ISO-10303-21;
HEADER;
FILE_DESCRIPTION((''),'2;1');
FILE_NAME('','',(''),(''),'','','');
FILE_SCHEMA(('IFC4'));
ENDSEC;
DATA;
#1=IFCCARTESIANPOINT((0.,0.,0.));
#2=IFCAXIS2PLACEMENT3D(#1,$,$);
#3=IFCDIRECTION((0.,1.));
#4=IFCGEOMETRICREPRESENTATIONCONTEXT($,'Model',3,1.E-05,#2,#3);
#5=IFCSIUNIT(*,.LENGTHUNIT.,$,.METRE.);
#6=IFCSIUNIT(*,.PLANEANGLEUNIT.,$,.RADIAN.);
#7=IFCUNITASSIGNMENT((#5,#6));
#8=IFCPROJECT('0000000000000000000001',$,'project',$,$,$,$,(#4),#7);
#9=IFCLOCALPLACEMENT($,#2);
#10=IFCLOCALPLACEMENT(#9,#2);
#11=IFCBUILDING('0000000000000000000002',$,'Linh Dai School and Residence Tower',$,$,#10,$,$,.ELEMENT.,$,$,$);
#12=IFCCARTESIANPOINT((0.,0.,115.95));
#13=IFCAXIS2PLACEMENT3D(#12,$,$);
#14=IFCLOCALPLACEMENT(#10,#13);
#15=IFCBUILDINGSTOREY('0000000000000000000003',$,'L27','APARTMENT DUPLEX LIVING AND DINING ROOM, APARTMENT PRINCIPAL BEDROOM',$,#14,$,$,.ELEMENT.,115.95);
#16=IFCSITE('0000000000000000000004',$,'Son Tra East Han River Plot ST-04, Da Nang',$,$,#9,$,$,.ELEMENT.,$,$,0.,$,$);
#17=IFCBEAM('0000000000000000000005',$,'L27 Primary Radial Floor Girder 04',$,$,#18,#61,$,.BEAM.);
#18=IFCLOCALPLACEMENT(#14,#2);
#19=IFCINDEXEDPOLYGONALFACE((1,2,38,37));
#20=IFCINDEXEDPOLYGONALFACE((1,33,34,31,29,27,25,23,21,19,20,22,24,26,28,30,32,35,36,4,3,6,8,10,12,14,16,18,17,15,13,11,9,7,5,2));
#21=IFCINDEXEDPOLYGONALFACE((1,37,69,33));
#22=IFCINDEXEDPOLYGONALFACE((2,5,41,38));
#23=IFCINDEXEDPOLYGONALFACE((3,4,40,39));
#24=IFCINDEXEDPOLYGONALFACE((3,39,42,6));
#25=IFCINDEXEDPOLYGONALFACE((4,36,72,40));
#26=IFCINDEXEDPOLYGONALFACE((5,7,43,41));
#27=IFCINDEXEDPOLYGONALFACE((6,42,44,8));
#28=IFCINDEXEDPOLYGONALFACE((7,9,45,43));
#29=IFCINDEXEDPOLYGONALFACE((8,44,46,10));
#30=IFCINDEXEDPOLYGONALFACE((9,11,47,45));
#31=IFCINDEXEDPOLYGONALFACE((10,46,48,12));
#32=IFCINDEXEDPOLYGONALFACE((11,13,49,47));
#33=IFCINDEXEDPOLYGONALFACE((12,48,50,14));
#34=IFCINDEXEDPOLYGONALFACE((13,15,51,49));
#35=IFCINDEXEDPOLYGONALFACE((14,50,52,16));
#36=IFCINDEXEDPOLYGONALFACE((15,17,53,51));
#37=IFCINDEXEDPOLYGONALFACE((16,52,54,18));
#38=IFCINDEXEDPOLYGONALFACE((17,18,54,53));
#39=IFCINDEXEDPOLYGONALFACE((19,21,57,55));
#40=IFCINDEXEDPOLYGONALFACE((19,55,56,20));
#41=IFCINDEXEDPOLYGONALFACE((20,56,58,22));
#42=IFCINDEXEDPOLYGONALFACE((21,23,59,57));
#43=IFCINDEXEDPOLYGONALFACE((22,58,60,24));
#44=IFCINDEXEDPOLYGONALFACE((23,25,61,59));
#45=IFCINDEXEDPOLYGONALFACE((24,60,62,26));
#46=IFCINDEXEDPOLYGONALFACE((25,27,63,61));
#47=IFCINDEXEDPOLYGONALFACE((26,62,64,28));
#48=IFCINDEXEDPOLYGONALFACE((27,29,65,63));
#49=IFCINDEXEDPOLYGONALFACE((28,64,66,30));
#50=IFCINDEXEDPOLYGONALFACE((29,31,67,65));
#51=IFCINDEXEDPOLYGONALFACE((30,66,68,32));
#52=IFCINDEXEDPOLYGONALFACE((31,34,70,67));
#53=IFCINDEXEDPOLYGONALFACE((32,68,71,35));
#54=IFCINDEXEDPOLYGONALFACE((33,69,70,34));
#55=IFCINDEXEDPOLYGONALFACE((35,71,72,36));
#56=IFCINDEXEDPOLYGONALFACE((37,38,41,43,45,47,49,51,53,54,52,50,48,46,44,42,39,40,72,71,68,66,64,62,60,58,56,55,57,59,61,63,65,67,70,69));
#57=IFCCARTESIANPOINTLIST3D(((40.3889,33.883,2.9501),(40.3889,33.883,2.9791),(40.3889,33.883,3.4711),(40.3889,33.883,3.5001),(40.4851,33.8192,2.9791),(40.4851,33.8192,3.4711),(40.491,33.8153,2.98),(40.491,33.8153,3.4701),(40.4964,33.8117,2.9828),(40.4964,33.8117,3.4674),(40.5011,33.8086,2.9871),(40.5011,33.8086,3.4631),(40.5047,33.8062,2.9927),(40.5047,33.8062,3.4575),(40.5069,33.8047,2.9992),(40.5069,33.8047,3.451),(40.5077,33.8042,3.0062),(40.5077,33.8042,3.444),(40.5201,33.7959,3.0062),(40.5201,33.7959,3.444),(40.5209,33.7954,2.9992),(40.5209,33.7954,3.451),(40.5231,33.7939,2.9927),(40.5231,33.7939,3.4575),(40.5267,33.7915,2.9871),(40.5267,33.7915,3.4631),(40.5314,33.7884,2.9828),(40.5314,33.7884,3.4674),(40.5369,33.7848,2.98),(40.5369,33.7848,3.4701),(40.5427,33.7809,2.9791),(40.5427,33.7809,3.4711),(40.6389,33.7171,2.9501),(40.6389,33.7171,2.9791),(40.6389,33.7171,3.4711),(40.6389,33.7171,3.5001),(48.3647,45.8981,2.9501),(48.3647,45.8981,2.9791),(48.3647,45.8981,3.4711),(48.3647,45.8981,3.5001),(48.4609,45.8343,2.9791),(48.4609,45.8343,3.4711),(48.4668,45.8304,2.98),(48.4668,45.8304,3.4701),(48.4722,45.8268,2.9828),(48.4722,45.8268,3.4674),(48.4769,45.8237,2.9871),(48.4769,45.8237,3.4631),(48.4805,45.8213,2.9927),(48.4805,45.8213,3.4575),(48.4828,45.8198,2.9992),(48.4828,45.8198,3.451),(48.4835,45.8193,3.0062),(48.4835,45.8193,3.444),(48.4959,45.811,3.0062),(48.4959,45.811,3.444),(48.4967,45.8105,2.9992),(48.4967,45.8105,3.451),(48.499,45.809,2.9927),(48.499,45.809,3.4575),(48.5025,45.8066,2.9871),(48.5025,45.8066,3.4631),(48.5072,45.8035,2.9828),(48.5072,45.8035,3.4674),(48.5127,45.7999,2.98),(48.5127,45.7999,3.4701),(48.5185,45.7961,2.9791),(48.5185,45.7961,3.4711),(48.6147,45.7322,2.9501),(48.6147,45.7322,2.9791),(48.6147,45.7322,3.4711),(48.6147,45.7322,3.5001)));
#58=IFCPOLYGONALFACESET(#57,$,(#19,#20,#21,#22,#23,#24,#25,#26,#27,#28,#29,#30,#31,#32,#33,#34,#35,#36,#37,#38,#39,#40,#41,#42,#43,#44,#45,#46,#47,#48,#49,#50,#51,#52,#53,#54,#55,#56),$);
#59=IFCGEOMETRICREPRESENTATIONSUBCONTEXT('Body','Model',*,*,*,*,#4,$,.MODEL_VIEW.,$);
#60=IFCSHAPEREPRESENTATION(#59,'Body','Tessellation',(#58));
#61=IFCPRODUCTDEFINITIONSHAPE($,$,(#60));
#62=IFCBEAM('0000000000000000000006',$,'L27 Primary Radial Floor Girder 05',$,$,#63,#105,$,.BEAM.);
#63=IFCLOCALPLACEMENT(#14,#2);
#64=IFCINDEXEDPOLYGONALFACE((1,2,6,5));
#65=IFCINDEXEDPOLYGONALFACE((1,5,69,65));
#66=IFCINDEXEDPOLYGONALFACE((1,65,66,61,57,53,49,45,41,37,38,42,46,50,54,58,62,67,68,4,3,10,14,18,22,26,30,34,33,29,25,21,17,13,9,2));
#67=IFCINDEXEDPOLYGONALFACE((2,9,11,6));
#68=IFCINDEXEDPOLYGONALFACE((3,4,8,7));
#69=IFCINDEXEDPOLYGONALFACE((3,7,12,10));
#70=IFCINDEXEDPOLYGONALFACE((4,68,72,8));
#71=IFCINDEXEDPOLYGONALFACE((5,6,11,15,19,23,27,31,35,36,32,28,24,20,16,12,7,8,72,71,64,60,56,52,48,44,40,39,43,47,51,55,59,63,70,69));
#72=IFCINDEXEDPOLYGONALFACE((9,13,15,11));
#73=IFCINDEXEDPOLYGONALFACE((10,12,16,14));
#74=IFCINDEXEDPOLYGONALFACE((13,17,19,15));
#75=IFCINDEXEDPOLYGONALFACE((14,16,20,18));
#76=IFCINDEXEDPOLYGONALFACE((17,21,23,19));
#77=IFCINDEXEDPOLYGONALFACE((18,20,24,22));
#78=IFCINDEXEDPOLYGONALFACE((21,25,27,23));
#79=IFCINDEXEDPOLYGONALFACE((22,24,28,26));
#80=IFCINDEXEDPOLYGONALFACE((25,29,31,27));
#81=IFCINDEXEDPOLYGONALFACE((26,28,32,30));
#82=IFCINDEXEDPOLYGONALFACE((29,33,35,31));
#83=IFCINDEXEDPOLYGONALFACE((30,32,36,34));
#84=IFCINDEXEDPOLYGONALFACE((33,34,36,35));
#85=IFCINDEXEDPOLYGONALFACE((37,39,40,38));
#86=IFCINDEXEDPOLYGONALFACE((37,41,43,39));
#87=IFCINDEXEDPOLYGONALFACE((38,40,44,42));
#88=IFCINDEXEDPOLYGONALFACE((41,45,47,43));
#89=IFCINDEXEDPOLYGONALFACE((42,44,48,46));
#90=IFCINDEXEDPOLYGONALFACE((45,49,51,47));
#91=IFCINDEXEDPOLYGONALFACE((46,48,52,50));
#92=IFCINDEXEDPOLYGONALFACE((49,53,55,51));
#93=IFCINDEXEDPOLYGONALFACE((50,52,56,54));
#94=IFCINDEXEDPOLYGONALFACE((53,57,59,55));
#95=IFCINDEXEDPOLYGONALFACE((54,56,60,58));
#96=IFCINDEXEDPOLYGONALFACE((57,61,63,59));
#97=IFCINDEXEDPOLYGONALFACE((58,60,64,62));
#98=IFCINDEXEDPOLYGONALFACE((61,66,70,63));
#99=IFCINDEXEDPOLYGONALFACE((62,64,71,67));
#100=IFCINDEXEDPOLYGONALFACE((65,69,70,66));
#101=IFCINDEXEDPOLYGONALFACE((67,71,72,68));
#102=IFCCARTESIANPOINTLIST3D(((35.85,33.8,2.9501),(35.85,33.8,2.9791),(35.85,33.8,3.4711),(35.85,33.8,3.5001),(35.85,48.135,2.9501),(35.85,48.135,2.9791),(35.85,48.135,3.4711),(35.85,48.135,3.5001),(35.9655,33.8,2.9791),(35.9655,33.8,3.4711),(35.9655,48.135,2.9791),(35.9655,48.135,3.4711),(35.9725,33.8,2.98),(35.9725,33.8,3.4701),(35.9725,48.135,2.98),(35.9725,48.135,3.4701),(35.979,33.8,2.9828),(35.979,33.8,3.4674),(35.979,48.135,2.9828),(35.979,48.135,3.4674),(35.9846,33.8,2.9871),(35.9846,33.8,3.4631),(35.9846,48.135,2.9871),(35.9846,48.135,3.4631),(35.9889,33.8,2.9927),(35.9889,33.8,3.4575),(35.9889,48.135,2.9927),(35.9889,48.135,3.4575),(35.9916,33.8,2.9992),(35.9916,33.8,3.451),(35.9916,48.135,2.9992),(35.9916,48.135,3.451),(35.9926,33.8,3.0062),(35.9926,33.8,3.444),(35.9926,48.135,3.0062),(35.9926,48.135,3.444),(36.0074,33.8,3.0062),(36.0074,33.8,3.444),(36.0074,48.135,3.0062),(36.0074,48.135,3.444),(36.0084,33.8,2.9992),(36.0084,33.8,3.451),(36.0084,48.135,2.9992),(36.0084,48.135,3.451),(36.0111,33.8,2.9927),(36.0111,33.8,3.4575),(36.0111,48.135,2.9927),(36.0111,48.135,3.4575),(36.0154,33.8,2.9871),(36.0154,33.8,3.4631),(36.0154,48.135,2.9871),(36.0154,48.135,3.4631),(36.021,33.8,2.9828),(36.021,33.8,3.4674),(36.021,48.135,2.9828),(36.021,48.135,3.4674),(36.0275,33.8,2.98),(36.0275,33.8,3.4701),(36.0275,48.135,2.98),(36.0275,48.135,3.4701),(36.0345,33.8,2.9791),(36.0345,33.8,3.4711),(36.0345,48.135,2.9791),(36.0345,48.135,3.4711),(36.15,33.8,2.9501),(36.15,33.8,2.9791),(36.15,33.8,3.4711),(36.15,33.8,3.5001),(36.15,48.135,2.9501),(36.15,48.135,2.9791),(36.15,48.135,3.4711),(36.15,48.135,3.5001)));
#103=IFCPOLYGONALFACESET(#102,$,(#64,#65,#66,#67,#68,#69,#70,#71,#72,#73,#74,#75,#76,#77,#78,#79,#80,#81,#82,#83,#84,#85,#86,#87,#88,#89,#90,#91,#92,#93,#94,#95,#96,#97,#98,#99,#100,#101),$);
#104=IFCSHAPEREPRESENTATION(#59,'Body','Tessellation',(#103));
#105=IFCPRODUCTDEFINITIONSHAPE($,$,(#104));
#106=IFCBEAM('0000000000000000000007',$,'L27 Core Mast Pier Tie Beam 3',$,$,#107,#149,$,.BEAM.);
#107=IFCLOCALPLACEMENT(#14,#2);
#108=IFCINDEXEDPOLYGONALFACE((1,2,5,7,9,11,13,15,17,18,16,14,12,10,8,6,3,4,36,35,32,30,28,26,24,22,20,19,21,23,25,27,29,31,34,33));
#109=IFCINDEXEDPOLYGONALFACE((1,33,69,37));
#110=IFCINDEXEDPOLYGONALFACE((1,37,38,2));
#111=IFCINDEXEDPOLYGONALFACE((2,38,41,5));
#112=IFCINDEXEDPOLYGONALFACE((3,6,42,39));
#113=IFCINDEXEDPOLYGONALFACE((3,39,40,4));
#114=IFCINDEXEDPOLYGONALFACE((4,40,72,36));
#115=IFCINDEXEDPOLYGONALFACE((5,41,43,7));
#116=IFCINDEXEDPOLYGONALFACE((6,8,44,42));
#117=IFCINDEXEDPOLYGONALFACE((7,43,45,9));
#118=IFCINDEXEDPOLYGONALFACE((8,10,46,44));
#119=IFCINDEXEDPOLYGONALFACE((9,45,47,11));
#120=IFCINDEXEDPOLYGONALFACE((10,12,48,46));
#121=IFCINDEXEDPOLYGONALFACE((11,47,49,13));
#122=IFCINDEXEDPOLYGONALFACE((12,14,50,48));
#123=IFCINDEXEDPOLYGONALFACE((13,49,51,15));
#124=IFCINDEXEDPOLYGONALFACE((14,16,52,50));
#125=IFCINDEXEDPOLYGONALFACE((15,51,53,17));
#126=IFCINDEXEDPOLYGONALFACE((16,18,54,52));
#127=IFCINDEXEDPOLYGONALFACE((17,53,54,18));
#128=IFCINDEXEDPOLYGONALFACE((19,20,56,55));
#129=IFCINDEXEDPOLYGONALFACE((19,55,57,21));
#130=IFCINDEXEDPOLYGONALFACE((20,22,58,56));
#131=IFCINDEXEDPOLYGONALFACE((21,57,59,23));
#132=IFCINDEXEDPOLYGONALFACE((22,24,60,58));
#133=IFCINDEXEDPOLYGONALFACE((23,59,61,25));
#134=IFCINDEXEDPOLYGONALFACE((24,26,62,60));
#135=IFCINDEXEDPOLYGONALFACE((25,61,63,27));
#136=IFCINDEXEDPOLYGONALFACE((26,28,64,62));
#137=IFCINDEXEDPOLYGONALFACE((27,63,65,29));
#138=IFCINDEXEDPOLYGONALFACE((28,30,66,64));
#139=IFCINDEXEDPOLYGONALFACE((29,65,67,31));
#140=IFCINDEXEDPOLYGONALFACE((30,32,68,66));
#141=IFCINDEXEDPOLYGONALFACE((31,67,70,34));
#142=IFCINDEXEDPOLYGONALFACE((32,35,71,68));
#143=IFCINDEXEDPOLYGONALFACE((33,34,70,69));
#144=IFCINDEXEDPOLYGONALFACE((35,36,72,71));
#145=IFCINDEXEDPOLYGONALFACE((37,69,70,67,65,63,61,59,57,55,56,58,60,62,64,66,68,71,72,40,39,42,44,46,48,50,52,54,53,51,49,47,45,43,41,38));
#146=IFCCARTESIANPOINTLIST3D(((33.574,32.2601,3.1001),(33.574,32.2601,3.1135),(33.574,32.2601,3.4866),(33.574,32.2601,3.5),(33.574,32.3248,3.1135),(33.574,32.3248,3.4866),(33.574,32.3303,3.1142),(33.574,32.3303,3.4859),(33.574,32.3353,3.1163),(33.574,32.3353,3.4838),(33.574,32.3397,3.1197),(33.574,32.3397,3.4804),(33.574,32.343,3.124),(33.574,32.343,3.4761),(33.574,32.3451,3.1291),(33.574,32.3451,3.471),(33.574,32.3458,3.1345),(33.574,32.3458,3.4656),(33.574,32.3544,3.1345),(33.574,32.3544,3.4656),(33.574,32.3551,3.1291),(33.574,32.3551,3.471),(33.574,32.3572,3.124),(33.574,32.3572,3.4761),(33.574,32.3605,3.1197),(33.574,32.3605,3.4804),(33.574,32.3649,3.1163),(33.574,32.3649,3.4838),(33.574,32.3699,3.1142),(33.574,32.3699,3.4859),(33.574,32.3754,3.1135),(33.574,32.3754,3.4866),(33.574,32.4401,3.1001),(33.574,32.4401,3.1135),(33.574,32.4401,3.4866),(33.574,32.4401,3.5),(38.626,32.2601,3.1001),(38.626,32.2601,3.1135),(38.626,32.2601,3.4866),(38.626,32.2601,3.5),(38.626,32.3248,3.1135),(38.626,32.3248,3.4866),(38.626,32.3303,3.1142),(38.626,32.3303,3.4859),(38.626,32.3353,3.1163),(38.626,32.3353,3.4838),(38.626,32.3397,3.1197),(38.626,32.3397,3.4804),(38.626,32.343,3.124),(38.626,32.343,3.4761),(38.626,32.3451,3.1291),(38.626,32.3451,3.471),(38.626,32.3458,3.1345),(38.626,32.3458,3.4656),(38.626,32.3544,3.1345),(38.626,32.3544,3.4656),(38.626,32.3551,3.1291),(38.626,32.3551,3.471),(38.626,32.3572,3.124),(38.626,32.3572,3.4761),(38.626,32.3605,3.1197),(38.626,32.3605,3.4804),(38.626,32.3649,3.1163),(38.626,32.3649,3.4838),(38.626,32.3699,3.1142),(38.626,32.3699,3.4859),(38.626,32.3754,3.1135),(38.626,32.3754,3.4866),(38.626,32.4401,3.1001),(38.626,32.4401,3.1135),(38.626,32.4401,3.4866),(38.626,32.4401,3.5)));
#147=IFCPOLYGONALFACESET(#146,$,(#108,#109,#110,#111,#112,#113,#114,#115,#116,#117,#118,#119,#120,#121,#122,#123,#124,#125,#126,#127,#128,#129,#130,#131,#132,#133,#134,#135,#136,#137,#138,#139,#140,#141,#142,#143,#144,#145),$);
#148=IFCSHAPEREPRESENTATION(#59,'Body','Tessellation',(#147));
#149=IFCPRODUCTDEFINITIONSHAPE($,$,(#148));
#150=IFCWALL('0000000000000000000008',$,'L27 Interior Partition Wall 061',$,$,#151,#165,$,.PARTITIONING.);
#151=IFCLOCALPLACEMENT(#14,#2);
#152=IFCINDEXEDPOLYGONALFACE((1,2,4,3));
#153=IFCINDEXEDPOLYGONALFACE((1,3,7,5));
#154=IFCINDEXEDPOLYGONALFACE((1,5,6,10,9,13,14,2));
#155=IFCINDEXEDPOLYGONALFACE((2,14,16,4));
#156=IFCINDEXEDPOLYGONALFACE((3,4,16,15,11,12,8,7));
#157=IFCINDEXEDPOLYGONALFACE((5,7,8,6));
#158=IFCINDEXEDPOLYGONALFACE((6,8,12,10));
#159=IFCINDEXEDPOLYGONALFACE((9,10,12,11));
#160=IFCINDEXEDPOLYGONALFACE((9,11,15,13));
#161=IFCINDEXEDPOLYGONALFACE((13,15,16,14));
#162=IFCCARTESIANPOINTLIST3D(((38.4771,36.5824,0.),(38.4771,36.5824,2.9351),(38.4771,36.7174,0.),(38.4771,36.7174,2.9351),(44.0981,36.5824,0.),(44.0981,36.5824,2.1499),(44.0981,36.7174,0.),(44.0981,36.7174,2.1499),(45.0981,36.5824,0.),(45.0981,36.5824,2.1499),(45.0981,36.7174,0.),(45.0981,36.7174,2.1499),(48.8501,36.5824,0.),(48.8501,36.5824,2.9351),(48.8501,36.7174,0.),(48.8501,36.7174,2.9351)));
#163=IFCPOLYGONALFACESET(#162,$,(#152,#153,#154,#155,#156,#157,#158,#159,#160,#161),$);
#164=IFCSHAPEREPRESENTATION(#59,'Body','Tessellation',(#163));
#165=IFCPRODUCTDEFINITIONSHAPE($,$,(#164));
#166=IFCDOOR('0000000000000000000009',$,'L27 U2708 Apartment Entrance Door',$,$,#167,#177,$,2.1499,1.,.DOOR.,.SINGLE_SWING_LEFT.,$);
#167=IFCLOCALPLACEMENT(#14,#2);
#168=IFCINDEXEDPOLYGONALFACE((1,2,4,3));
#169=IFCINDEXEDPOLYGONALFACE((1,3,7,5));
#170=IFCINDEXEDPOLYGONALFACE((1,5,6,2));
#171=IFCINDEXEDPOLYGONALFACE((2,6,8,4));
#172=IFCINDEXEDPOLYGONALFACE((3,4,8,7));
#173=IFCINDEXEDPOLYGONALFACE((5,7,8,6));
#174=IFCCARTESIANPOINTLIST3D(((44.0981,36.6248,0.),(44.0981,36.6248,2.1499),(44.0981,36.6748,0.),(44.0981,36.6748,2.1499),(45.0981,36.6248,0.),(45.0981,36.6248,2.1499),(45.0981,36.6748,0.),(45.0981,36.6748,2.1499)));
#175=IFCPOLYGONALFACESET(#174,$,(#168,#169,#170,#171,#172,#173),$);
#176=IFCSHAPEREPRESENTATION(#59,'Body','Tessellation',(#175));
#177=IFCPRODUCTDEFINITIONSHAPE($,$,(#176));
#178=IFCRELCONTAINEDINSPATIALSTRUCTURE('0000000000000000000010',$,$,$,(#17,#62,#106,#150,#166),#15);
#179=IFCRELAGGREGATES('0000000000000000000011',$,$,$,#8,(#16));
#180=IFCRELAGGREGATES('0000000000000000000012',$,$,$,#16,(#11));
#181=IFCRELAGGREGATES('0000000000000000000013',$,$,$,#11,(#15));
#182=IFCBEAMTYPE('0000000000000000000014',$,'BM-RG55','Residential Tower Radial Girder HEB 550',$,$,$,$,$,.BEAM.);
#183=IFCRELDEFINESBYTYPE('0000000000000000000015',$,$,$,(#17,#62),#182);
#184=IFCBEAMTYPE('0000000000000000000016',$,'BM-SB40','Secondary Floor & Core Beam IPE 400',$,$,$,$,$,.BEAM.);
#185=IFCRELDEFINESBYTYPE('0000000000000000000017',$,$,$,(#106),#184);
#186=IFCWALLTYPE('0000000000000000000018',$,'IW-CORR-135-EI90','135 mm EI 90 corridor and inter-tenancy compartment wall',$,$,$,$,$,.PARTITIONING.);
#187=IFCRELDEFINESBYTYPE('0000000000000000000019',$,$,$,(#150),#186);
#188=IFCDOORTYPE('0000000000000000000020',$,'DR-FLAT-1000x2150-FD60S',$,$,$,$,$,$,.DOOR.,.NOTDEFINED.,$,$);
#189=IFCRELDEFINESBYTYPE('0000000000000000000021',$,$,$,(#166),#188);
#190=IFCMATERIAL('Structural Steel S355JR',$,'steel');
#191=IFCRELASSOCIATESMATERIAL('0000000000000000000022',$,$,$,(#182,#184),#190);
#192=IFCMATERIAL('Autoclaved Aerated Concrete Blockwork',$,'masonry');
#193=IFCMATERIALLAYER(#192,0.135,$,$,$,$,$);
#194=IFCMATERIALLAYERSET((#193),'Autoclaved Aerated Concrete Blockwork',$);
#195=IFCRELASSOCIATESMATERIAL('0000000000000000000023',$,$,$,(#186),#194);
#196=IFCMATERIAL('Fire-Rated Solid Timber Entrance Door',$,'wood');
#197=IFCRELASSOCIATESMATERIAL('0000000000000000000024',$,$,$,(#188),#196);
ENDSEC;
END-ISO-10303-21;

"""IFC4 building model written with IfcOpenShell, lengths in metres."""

from ifc_helpers import new_model, si_unit, direction, frame, frame_2d, origin, origin_2d, place, context, subcontext, project, spatial, rectangle, i_section, extrude, source, transform, mapped, material, layer, layer_set, material_profile, profile_set, type_object, element, fill, save


model = new_model("IFC4")

# Units and contexts
model_context = context("Model", 3, precision=1e-05, world=origin(), true_north=direction((0.0, 1.0)))
body_context = subcontext(model_context, "Body", "Model", "MODEL_VIEW")
ifc_project = project(units=[si_unit("LENGTHUNIT", "METRE"), si_unit("PLANEANGLEUNIT", "RADIAN")], contexts=[model_context])

# Site, building, storey
site_placement = place(None, origin())
site = spatial("IfcSite", under=ifc_project, at=site_placement, Name="Son Tra East Han River Plot ST-04, Da Nang", CompositionType="ELEMENT", RefElevation=0.0)
building_placement = place(site_placement, origin())
building = spatial("IfcBuilding", under=site, at=building_placement, Name="Linh Dai School and Residence Tower", CompositionType="ELEMENT")
storey_placement = place(building_placement, frame((0.0, 0.0, 115.95)))
storey = spatial("IfcBuildingStorey", under=building, at=storey_placement, Name="L27", Description="APARTMENT DUPLEX LIVING AND DINING ROOM, APARTMENT PRINCIPAL BEDROOM", CompositionType="ELEMENT", Elevation=115.95)

# Shared definitions
ifc_material_1 = material(Name="Structural Steel S355JR", Category="steel")

# Beams
ifc_material_profile_1 = material_profile(ifc_material_1, i_section(OverallWidth=0.3, OverallDepth=0.55, WebThickness=0.0149, FlangeThickness=0.0291, FilletRadius=0.0271, at=origin_2d()), Name="HEB 550")
ifc_profile_set_1 = profile_set([ifc_material_profile_1], Name="Structural Steel S355JR")
beam_type_1 = type_object("IfcBeamType", Name="BM-RG55", Description="Residential Tower Radial Girder HEB 550", PredefinedType="BEAM", material=ifc_profile_set_1)
beam_1_placement = place(storey_placement, frame((40.5139, 33.8, 3.2251), z_axis=(0.553054, 0.833145, 0.0), x_axis=(-0.833145, 0.553054, 0.0)))
element("IfcBeam", 1, at=beam_1_placement, inside=storey, type_object=beam_type_1, Name="L27 Primary Radial Floor Girder 04", PredefinedType="BEAM", context=body_context, shape_type="SweptSolid", body=[
    extrude(i_section(OverallWidth=0.3, OverallDepth=0.55, WebThickness=0.0149, FlangeThickness=0.0291, FilletRadius=0.0271, at=origin_2d()), origin(), (0.0, 0.0, 1.0), 14.4214),
])
beam_2_placement = place(storey_placement, frame((36.0, 33.8, 3.2251), z_axis=(0.0, 1.0, 0.0), x_axis=(-1.0, 0.0, 0.0)))
element("IfcBeam", 2, at=beam_2_placement, inside=storey, type_object=beam_type_1, Name="L27 Primary Radial Floor Girder 05", PredefinedType="BEAM", context=body_context, shape_type="SweptSolid", body=[
    extrude(i_section(OverallWidth=0.3, OverallDepth=0.55, WebThickness=0.0149, FlangeThickness=0.0291, FilletRadius=0.0271, at=origin_2d()), origin(), (0.0, 0.0, 1.0), 14.335),
])
ifc_material_profile_2 = material_profile(ifc_material_1, i_section(OverallWidth=0.1799, OverallDepth=0.3999, WebThickness=0.0085, FlangeThickness=0.0134, FilletRadius=0.021, at=origin_2d()), Name="IPE 400")
ifc_profile_set_2 = profile_set([ifc_material_profile_2], Name="Structural Steel S355JR")
beam_type_2 = type_object("IfcBeamType", Name="BM-SB40", Description="Secondary Floor & Core Beam IPE 400", PredefinedType="BEAM", material=ifc_profile_set_2)
beam_3_placement = place(storey_placement, frame((38.626, 32.3501, 3.3), z_axis=(-1.0, 0.0, 0.0), x_axis=(0.0, -1.0, 0.0)))
element("IfcBeam", 3, at=beam_3_placement, inside=storey, type_object=beam_type_2, Name="L27 Core Mast Pier Tie Beam 3", PredefinedType="BEAM", context=body_context, shape_type="SweptSolid", body=[
    extrude(i_section(OverallWidth=0.1799, OverallDepth=0.3999, WebThickness=0.0085, FlangeThickness=0.0134, FilletRadius=0.021, at=origin_2d()), origin(), (0.0, 0.0, 1.0), 5.052),
])

# Wall, opening, door
ifc_material_2 = material(Name="Autoclaved Aerated Concrete Blockwork", Category="masonry")
ifc_layer_1 = layer(ifc_material_2, 0.135)
ifc_layer_set_1 = layer_set([ifc_layer_1], Name="Autoclaved Aerated Concrete Blockwork")
wall_type_1 = type_object("IfcWallType", Name="IW-CORR-135-EI90", Description="135 mm EI 90 corridor and inter-tenancy compartment wall", PredefinedType="PARTITIONING", material=ifc_layer_set_1)
wall_1_placement = place(storey_placement, frame((38.4771, 36.6499, 0.0), z_axis=(0.0, 0.0, 1.0), x_axis=(1.0, 0.0, 0.0)))
wall_1 = element("IfcWall", 4, at=wall_1_placement, inside=storey, type_object=wall_type_1, Name="L27 Interior Partition Wall 061", PredefinedType="PARTITIONING", context=body_context, shape_type="SweptSolid", body=[
    extrude(rectangle(XDim=10.373, YDim=0.135, at=frame_2d((5.1865, 0.0))), origin(), (0.0, 0.0, 1.0), 2.9351),
])
opening_placement = place(wall_1_placement, frame((5.6211, 0.0, 0.0)))
opening = element("IfcOpeningElement", 5, at=opening_placement, cuts=wall_1, PredefinedType="OPENING", context=body_context, shape_type="SweptSolid", body=[
    extrude(rectangle(XDim=1.0, YDim=2.1499, at=origin_2d()), frame((0.5, 0.0776, 1.075), z_axis=(0.0, -1.0, 0.0), x_axis=(1.0, 0.0, 0.0)), (0.0, 0.0, 1.0), 0.155),
])
ifc_material_3 = material(Name="Fire-Rated Solid Timber Entrance Door", Category="wood")
door_type = type_object("IfcDoorType", Name="DR-FLAT-1000x2150-FD60S", OperationType="NOTDEFINED", PredefinedType="DOOR", material=ifc_material_3)
shared_shape_1 = source(origin(), body_context, "Body", "SweptSolid", [
    extrude(rectangle(XDim=1.0, YDim=2.1499, at=origin_2d()), frame((0.5, 0.0249, 1.075), z_axis=(0.0, -1.0, 0.0), x_axis=(1.0, 0.0, 0.0)), (0.0, 0.0, 1.0), 0.05),
])
door_placement = place(opening_placement, origin())
door = element("IfcDoor", 6, at=door_placement, inside=storey, type_object=door_type, Name="L27 U2708 Apartment Entrance Door", OperationType="SINGLE_SWING_LEFT", OverallHeight=2.1499, OverallWidth=1.0, PredefinedType="DOOR", context=body_context, shape_type="MappedRepresentation", body=[
    mapped(shared_shape_1, transform((0.0, 0.0, 0.0), x_axis=(1.0, 0.0, 0.0), y_axis=(0.0, 1.0, 0.0), z_axis=(0.0, 0.0, 1.0), scale=1.0)),
])
fill(opening, door)

save(model, "model.ifc")
